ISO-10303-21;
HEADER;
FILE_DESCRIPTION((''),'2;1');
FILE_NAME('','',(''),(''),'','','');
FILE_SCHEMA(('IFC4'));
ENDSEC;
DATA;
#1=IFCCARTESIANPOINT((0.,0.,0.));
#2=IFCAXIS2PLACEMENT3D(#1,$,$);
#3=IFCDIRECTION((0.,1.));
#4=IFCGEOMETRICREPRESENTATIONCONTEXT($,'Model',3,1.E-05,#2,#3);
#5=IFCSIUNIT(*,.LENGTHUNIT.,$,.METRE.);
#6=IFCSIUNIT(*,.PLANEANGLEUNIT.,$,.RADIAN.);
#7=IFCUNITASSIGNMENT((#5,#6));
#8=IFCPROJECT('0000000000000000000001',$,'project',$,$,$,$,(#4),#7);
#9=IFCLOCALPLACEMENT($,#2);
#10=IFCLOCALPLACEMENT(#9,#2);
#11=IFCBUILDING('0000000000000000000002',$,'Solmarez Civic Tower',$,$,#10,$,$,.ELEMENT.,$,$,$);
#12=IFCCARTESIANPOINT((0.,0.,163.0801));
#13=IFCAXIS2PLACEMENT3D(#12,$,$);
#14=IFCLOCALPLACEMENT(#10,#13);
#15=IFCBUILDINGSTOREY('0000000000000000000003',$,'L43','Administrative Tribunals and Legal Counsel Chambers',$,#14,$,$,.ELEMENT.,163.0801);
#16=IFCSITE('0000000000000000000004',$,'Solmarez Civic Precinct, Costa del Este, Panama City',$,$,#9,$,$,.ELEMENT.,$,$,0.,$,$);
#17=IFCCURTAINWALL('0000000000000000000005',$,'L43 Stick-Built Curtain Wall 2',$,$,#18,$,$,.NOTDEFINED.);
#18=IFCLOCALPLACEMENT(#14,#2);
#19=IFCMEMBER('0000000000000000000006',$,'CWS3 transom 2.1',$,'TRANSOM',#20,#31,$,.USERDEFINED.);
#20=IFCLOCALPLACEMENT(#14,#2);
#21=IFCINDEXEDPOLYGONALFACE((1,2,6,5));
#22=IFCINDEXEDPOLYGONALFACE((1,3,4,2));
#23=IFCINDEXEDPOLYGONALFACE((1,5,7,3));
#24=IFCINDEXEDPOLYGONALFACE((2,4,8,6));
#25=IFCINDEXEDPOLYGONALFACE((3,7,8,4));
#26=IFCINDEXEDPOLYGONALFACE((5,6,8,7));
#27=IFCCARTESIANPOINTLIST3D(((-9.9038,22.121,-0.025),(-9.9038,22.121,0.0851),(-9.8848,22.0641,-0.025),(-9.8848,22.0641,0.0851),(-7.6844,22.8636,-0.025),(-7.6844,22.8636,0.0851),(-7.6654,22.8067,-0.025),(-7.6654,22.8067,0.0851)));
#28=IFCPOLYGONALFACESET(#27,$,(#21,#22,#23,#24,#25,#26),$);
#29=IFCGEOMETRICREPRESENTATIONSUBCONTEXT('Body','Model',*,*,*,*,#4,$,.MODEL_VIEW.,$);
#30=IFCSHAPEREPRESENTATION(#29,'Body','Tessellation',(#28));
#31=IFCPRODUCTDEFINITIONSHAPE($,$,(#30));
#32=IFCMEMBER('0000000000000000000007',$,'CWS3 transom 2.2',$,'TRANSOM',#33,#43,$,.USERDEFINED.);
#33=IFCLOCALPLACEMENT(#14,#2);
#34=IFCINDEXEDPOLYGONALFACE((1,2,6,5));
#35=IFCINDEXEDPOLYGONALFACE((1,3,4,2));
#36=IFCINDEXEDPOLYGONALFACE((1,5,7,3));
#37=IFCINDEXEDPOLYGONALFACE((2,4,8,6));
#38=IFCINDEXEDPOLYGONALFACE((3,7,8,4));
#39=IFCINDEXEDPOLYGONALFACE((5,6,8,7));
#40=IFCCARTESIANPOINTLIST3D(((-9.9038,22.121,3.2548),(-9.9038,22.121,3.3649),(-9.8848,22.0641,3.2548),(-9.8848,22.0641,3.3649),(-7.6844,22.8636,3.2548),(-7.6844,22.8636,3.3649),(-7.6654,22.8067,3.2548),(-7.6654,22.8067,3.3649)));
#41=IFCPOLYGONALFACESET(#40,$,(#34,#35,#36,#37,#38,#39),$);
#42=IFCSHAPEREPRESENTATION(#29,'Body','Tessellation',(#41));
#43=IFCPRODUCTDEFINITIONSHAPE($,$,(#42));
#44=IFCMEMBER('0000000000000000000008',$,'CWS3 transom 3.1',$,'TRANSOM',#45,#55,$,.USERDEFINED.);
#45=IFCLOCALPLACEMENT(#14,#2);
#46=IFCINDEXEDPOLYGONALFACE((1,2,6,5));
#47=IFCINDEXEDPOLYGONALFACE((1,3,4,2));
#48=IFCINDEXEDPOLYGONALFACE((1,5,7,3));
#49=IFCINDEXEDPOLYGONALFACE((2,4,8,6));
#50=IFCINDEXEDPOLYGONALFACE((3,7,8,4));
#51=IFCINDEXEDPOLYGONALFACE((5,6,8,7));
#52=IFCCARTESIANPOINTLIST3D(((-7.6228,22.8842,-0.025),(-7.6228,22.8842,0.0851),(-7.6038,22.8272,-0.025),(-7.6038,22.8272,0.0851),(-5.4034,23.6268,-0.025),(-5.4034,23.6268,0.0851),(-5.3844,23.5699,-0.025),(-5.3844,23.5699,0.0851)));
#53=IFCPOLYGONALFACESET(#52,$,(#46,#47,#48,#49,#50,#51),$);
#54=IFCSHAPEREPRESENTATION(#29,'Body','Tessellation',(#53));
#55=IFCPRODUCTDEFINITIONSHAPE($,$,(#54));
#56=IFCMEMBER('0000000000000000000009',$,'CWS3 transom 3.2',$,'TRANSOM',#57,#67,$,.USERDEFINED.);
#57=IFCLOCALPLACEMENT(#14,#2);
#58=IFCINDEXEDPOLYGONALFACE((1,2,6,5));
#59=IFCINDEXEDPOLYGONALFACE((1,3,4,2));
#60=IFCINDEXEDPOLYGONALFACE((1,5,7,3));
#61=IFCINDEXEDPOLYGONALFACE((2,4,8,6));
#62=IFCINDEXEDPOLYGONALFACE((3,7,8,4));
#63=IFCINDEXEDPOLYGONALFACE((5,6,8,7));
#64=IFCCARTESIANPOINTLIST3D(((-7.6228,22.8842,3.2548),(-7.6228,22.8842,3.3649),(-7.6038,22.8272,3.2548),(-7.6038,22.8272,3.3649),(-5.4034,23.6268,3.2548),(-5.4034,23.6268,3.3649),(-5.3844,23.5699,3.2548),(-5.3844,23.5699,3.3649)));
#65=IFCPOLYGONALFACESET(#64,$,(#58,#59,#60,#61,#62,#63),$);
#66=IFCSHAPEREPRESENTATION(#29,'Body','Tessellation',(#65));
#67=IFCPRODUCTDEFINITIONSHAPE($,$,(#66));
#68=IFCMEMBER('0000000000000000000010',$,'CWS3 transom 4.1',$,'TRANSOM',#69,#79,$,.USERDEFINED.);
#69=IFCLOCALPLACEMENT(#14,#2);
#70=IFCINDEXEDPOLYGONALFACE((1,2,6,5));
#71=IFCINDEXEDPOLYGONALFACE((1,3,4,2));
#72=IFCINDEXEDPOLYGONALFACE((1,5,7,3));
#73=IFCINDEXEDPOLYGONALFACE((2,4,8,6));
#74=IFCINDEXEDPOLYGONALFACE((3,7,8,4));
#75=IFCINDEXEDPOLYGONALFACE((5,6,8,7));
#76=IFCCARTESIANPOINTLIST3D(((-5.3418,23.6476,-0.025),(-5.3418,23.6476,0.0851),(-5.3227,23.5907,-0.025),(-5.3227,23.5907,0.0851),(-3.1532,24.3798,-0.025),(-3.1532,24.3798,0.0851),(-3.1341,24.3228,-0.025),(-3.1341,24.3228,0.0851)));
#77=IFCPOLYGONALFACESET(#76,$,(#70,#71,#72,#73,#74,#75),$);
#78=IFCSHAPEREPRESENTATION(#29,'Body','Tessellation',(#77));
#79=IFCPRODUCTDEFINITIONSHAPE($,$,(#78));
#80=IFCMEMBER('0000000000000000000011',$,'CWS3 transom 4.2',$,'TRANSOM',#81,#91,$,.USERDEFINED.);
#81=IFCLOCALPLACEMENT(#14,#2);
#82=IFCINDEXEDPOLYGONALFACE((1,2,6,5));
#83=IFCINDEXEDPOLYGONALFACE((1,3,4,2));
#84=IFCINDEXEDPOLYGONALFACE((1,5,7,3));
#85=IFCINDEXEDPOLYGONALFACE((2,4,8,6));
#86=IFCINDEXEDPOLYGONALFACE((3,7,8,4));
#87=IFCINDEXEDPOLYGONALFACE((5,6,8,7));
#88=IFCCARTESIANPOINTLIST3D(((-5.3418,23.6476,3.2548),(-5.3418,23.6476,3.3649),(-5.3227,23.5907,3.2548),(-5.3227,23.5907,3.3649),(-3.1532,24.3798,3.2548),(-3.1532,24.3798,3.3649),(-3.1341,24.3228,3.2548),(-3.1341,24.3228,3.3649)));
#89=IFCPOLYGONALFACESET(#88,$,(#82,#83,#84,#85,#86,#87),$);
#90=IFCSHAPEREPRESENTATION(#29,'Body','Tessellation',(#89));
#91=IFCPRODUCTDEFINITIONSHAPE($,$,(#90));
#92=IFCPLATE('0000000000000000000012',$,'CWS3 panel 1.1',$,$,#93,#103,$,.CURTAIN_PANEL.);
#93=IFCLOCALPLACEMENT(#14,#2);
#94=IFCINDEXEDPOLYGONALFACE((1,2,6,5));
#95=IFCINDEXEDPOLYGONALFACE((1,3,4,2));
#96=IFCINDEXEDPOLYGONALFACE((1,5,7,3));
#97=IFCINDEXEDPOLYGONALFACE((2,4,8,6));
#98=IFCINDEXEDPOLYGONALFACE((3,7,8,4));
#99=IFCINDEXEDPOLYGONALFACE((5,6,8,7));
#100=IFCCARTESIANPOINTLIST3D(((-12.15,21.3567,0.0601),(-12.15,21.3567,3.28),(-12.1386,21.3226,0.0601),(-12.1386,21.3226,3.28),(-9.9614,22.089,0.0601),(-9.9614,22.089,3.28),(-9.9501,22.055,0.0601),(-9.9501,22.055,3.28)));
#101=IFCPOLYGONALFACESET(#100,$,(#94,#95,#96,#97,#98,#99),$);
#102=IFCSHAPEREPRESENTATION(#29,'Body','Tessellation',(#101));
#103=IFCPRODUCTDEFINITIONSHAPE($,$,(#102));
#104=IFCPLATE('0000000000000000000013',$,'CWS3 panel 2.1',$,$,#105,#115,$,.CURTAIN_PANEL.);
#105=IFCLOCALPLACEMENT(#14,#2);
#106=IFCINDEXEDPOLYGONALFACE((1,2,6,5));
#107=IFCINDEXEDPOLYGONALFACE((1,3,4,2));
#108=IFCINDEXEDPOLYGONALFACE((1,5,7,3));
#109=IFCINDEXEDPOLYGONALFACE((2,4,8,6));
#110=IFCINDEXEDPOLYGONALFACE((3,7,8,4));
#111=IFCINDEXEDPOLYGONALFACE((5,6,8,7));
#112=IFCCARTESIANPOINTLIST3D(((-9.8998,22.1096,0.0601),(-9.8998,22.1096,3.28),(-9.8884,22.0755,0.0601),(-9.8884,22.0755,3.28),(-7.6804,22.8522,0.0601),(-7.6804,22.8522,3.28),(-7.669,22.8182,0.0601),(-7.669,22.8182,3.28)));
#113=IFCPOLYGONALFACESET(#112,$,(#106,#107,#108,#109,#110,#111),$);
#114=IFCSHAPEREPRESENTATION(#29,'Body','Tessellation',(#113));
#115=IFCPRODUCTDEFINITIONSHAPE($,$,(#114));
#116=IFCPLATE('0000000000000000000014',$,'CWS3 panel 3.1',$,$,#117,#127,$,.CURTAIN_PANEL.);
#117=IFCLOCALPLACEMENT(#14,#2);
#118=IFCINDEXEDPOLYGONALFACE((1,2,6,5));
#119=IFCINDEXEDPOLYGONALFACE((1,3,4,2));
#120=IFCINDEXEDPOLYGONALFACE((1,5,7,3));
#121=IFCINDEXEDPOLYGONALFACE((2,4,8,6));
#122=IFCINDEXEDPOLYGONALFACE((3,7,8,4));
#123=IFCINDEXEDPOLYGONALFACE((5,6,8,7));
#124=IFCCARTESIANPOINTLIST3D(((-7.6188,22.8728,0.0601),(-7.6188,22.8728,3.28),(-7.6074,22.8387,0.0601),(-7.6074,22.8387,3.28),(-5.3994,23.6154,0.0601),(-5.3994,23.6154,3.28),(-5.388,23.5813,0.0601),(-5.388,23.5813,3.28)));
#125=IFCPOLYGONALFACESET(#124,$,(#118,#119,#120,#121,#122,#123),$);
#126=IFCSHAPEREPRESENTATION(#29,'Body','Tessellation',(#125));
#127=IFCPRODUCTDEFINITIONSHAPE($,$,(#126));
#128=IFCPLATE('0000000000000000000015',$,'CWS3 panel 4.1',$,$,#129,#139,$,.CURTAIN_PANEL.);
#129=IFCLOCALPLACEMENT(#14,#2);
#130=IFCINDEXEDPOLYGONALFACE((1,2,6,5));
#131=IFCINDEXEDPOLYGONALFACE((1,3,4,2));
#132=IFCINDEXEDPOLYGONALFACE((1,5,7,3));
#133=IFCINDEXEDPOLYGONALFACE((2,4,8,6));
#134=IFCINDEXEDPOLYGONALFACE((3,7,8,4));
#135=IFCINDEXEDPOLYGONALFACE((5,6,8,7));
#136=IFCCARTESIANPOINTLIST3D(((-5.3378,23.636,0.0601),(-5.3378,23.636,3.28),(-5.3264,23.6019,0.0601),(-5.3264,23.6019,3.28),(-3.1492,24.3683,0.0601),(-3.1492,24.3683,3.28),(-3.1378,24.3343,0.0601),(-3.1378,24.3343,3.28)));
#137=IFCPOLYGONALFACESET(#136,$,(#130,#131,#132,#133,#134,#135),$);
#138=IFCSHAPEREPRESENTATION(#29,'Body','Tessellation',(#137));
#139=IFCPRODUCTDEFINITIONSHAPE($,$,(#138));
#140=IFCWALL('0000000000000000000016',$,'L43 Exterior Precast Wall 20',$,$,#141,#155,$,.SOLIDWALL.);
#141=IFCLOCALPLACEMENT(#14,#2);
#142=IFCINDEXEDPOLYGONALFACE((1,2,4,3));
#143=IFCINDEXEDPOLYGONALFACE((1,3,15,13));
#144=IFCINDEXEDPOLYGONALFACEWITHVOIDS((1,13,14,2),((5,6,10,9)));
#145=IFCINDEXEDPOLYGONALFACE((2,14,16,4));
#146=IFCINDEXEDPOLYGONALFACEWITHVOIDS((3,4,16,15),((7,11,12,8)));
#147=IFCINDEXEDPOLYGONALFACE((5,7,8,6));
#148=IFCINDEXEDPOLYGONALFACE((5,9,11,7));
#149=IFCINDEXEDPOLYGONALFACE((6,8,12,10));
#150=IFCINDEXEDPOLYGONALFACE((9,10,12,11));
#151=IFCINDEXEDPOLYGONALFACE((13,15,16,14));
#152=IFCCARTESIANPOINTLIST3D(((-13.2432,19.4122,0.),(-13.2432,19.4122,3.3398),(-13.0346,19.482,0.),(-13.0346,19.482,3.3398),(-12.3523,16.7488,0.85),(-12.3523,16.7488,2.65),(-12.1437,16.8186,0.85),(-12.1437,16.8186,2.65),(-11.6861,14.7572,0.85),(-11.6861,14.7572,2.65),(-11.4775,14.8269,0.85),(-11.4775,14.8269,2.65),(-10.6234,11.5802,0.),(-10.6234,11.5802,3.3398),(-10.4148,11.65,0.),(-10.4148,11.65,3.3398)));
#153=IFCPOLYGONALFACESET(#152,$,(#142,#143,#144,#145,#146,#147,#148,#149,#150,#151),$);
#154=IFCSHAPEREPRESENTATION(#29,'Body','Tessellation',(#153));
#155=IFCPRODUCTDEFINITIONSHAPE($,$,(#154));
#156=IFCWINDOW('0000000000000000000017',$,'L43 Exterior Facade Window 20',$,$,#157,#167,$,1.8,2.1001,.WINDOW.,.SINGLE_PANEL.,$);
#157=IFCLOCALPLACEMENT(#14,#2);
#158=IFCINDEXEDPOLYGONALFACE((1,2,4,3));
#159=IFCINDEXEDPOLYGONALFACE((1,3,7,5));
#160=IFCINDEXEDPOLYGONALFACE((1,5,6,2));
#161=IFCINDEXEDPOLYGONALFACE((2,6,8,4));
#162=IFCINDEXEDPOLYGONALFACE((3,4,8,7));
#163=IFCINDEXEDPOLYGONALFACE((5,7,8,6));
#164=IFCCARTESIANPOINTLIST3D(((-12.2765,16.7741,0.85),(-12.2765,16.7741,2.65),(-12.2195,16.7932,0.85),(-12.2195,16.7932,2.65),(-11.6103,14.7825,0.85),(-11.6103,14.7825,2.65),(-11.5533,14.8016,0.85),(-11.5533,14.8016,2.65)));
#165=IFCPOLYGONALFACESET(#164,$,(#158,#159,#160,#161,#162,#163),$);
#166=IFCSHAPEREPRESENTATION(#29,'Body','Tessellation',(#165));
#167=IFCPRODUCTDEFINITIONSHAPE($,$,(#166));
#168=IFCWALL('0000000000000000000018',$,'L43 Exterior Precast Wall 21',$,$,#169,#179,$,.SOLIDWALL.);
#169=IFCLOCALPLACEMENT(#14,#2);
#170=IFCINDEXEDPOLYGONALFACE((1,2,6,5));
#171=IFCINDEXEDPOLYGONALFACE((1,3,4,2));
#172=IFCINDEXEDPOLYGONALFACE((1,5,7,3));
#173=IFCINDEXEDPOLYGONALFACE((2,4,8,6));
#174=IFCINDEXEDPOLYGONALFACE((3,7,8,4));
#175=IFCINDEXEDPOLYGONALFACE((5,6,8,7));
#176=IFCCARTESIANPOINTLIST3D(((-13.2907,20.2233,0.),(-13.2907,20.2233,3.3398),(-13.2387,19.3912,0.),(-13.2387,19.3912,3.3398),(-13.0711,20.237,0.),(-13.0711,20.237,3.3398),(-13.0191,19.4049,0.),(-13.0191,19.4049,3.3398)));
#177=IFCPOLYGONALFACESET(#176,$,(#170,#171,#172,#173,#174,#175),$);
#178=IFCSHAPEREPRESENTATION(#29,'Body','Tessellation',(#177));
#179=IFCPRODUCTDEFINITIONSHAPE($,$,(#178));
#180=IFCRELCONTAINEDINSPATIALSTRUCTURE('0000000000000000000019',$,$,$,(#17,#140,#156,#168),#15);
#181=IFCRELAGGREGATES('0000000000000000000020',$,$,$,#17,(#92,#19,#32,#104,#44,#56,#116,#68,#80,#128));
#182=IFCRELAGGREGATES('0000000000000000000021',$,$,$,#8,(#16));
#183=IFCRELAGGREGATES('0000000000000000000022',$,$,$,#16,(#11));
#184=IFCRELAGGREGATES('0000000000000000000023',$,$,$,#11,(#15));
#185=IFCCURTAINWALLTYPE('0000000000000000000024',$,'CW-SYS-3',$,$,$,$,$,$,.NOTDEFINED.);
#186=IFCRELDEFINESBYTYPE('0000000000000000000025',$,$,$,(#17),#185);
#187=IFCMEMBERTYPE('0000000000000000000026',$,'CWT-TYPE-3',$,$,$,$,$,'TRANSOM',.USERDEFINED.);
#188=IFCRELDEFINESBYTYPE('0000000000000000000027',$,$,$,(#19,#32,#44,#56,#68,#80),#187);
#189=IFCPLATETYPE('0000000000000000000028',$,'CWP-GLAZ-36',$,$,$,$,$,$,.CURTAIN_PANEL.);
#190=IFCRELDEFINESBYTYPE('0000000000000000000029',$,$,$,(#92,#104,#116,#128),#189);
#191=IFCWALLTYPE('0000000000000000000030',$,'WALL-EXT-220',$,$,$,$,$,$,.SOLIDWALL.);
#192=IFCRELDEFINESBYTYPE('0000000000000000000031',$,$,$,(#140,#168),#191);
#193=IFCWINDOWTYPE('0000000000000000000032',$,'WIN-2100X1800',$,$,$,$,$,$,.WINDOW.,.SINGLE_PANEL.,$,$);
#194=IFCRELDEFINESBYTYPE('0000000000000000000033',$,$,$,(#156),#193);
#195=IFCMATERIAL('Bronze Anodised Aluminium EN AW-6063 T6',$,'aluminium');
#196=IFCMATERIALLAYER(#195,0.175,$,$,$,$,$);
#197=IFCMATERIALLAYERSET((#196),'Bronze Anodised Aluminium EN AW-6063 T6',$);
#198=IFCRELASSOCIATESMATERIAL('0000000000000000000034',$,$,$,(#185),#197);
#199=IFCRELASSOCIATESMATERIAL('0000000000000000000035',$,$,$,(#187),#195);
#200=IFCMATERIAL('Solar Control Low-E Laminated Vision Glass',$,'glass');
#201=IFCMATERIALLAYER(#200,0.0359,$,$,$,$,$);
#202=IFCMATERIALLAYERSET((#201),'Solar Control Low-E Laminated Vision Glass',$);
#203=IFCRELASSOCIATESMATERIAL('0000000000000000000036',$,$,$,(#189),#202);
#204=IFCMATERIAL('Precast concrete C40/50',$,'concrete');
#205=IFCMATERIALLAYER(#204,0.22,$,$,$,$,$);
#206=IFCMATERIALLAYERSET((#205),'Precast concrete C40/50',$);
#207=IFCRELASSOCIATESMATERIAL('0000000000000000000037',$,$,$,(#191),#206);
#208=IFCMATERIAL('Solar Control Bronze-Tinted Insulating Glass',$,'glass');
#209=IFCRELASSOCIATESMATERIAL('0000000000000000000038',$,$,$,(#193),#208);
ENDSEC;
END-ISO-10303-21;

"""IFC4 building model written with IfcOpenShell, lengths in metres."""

from ifc_helpers import new_model, si_unit, direction, frame, frame_2d, origin, origin_2d, place, context, subcontext, project, spatial, rectangle, extrude, material, layer, layer_set, material_profile, profile_set, type_object, element, fill, aggregate, save


model = new_model("IFC4")

# Units and contexts
model_context = context("Model", 3, precision=1e-05, world=origin(), true_north=direction((0.0, 1.0)))
body_context = subcontext(model_context, "Body", "Model", "MODEL_VIEW")
ifc_project = project(units=[si_unit("LENGTHUNIT", "METRE"), si_unit("PLANEANGLEUNIT", "RADIAN")], contexts=[model_context])

# Site, building, storey
site_placement = place(None, origin())
site = spatial("IfcSite", under=ifc_project, at=site_placement, Name="Solmarez Civic Precinct, Costa del Este, Panama City", CompositionType="ELEMENT", RefElevation=0.0)
building_placement = place(site_placement, origin())
building = spatial("IfcBuilding", under=site, at=building_placement, Name="Solmarez Civic Tower", CompositionType="ELEMENT")
storey_placement = place(building_placement, frame((0.0, 0.0, 163.0801)))
storey = spatial("IfcBuildingStorey", under=building, at=storey_placement, Name="L43", Description="Administrative Tribunals and Legal Counsel Chambers", CompositionType="ELEMENT", Elevation=163.0801)

# Curtain wall, members, plates
ifc_material_1 = material(Name="Bronze Anodised Aluminium EN AW-6063 T6", Category="aluminium")
ifc_layer_1 = layer(ifc_material_1, 0.175)
ifc_layer_set_1 = layer_set([ifc_layer_1], Name="Bronze Anodised Aluminium EN AW-6063 T6")
curtain_wall_type = type_object("IfcCurtainWallType", Name="CW-SYS-3", PredefinedType="NOTDEFINED", material=ifc_layer_set_1)
curtain_wall_placement = place(storey_placement, origin())
curtain_wall = element("IfcCurtainWall", 1, at=curtain_wall_placement, inside=storey, type_object=curtain_wall_type, Name="L43 Stick-Built Curtain Wall 2", PredefinedType="NOTDEFINED")
ifc_material_profile_1 = material_profile(ifc_material_1, rectangle(XDim=0.0601, YDim=0.1101, at=origin_2d()), Name="CWT-60X110")
ifc_profile_set_1 = profile_set([ifc_material_profile_1], Name="Bronze Anodised Aluminium EN AW-6063 T6")
member_type_1 = type_object("IfcMemberType", Name="CWT-TYPE-3", ElementType="TRANSOM", PredefinedType="USERDEFINED", material=ifc_profile_set_1)
member_1_placement = place(storey_placement, frame((-9.8943, 22.0925, 0.03), z_axis=(0.948318, 0.317323, 0.0), x_axis=(-0.317323, 0.948318, 0.0)))
member_1 = element("IfcMember", 2, at=member_1_placement, type_object=member_type_1, Name="CWS3 transom 2.1", ObjectType="TRANSOM", PredefinedType="USERDEFINED", context=body_context, shape_type="SweptSolid", body=[
    extrude(rectangle(XDim=0.0601, YDim=0.1101, at=origin_2d()), origin(), (0.0, 0.0, 1.0), 2.3403),
])
member_2_placement = place(storey_placement, frame((-9.8943, 22.0925, 3.3098), z_axis=(0.948318, 0.317323, 0.0), x_axis=(-0.317323, 0.948318, 0.0)))
member_2 = element("IfcMember", 3, at=member_2_placement, type_object=member_type_1, Name="CWS3 transom 2.2", ObjectType="TRANSOM", PredefinedType="USERDEFINED", context=body_context, shape_type="SweptSolid", body=[
    extrude(rectangle(XDim=0.0601, YDim=0.1101, at=origin_2d()), origin(), (0.0, 0.0, 1.0), 2.3403),
])
member_3_placement = place(storey_placement, frame((-7.6133, 22.8557, 0.03), z_axis=(0.948318, 0.317323, 0.0), x_axis=(-0.317323, 0.948318, 0.0)))
member_3 = element("IfcMember", 4, at=member_3_placement, type_object=member_type_1, Name="CWS3 transom 3.1", ObjectType="TRANSOM", PredefinedType="USERDEFINED", context=body_context, shape_type="SweptSolid", body=[
    extrude(rectangle(XDim=0.0601, YDim=0.1101, at=origin_2d()), origin(), (0.0, 0.0, 1.0), 2.3403),
])
member_4_placement = place(storey_placement, frame((-7.6133, 22.8557, 3.3098), z_axis=(0.948318, 0.317323, 0.0), x_axis=(-0.317323, 0.948318, 0.0)))
member_4 = element("IfcMember", 5, at=member_4_placement, type_object=member_type_1, Name="CWS3 transom 3.2", ObjectType="TRANSOM", PredefinedType="USERDEFINED", context=body_context, shape_type="SweptSolid", body=[
    extrude(rectangle(XDim=0.0601, YDim=0.1101, at=origin_2d()), origin(), (0.0, 0.0, 1.0), 2.3403),
])
member_5_placement = place(storey_placement, frame((-5.3323, 23.6191, 0.03), z_axis=(0.948344, 0.317243, 0.0), x_axis=(-0.317243, 0.948344, 0.0)))
member_5 = element("IfcMember", 6, at=member_5_placement, type_object=member_type_1, Name="CWS3 transom 4.1", ObjectType="TRANSOM", PredefinedType="USERDEFINED", context=body_context, shape_type="SweptSolid", body=[
    extrude(rectangle(XDim=0.0601, YDim=0.1101, at=origin_2d()), origin(), (0.0, 0.0, 1.0), 2.3079),
])
member_6_placement = place(storey_placement, frame((-5.3323, 23.6191, 3.3098), z_axis=(0.948344, 0.317243, 0.0), x_axis=(-0.317243, 0.948344, 0.0)))
member_6 = element("IfcMember", 7, at=member_6_placement, type_object=member_type_1, Name="CWS3 transom 4.2", ObjectType="TRANSOM", PredefinedType="USERDEFINED", context=body_context, shape_type="SweptSolid", body=[
    extrude(rectangle(XDim=0.0601, YDim=0.1101, at=origin_2d()), origin(), (0.0, 0.0, 1.0), 2.3079),
])
ifc_material_2 = material(Name="Solar Control Low-E Laminated Vision Glass", Category="glass")
ifc_layer_2 = layer(ifc_material_2, 0.0359)
ifc_layer_set_2 = layer_set([ifc_layer_2], Name="Solar Control Low-E Laminated Vision Glass")
plate_type = type_object("IfcPlateType", Name="CWP-GLAZ-36", PredefinedType="CURTAIN_PANEL", material=ifc_layer_set_2)
plate_1_placement = place(storey_placement, frame((-11.05, 21.7058, 0.0601), z_axis=(0.0, 0.0, 1.0), x_axis=(0.948319, 0.317319, 0.0)))
plate_1 = element("IfcPlate", 8, at=plate_1_placement, type_object=plate_type, Name="CWS3 panel 1.1", PredefinedType="CURTAIN_PANEL", context=body_context, shape_type="SweptSolid", body=[
    extrude(rectangle(XDim=2.3079, YDim=0.0359, at=origin_2d()), origin(), (0.0, 0.0, 1.0), 3.22),
])
plate_2_placement = place(storey_placement, frame((-8.7844, 22.4639, 0.0601), z_axis=(0.0, 0.0, 1.0), x_axis=(0.948319, 0.317319, 0.0)))
plate_2 = element("IfcPlate", 9, at=plate_2_placement, type_object=plate_type, Name="CWS3 panel 2.1", PredefinedType="CURTAIN_PANEL", context=body_context, shape_type="SweptSolid", body=[
    extrude(rectangle(XDim=2.3403, YDim=0.0359, at=origin_2d()), origin(), (0.0, 0.0, 1.0), 3.22),
])
plate_3_placement = place(storey_placement, frame((-6.5034, 23.2271, 0.0601), z_axis=(0.0, 0.0, 1.0), x_axis=(0.948319, 0.317319, 0.0)))
plate_3 = element("IfcPlate", 10, at=plate_3_placement, type_object=plate_type, Name="CWS3 panel 3.1", PredefinedType="CURTAIN_PANEL", context=body_context, shape_type="SweptSolid", body=[
    extrude(rectangle(XDim=2.3403, YDim=0.0359, at=origin_2d()), origin(), (0.0, 0.0, 1.0), 3.22),
])
plate_4_placement = place(storey_placement, frame((-4.2378, 23.9851, 0.0601), z_axis=(0.0, 0.0, 1.0), x_axis=(0.948319, 0.317319, 0.0)))
plate_4 = element("IfcPlate", 11, at=plate_4_placement, type_object=plate_type, Name="CWS3 panel 4.1", PredefinedType="CURTAIN_PANEL", context=body_context, shape_type="SweptSolid", body=[
    extrude(rectangle(XDim=2.3079, YDim=0.0359, at=origin_2d()), origin(), (0.0, 0.0, 1.0), 3.22),
])
aggregate(curtain_wall, [plate_1, member_1, member_2, plate_2, member_3, member_4, plate_3, member_5, member_6, plate_4])

# Wall, opening, window
ifc_material_3 = material(Name="Precast concrete C40/50", Category="concrete")
ifc_layer_3 = layer(ifc_material_3, 0.22)
ifc_layer_set_3 = layer_set([ifc_layer_3], Name="Precast concrete C40/50")
wall_type_1 = type_object("IfcWallType", Name="WALL-EXT-220", PredefinedType="SOLIDWALL", material=ifc_layer_set_3)
wall_1_placement = place(storey_placement, frame((-10.519, 11.615, 0.0), z_axis=(0.0, 0.0, 1.0), x_axis=(-0.31723, 0.948349, 0.0)))
wall_1 = element("IfcWall", 12, at=wall_1_placement, inside=storey, type_object=wall_type_1, Name="L43 Exterior Precast Wall 20", PredefinedType="SOLIDWALL", context=body_context, shape_type="SweptSolid", body=[
    extrude(rectangle(XDim=8.2585, YDim=0.22, at=frame_2d((4.1294, 0.0))), origin(), (0.0, 0.0, 1.0), 3.3398),
])
opening_1_placement = place(wall_1_placement, frame((3.3501, 0.0, 0.8501)))
opening_1 = element("IfcOpeningElement", 13, at=opening_1_placement, cuts=wall_1, PredefinedType="OPENING", context=body_context, shape_type="SweptSolid", body=[
    extrude(rectangle(XDim=2.1001, YDim=1.8, at=frame_2d((1.05, 0.8999))), frame((0.0, 0.1199, 0.0), z_axis=(0.0, -1.0, 0.0), x_axis=(1.0, 0.0, 0.0)), (0.0, 0.0, 1.0), 0.24),
])
ifc_material_4 = material(Name="Solar Control Bronze-Tinted Insulating Glass", Category="glass")
window_type = type_object("IfcWindowType", Name="WIN-2100X1800", PartitioningType="SINGLE_PANEL", PredefinedType="WINDOW", material=ifc_material_4)
window_placement = place(opening_1_placement, origin())
window = element("IfcWindow", 14, at=window_placement, inside=storey, type_object=window_type, Name="L43 Exterior Facade Window 20", OverallHeight=1.8, OverallWidth=2.1001, PartitioningType="SINGLE_PANEL", PredefinedType="WINDOW", context=body_context, shape_type="SweptSolid", body=[
    extrude(rectangle(XDim=2.1001, YDim=1.8, at=frame_2d((1.05, 0.8999))), frame((0.0, 0.03, 0.0), z_axis=(0.0, -1.0, 0.0), x_axis=(1.0, 0.0, 0.0)), (0.0, 0.0, 1.0), 0.0601),
])
fill(opening_1, window)

# Wall
wall_2_placement = place(storey_placement, frame((-13.1289, 19.3979, 0.0), z_axis=(0.0, 0.0, 1.0), x_axis=(-0.062378, 0.998053, 0.0)))
element("IfcWall", 15, at=wall_2_placement, inside=storey, type_object=wall_type_1, Name="L43 Exterior Precast Wall 21", PredefinedType="SOLIDWALL", context=body_context, shape_type="SweptSolid", body=[
    extrude(rectangle(XDim=0.8337, YDim=0.22, at=frame_2d((0.417, 0.0))), origin(), (0.0, 0.0, 1.0), 3.3398),
])

save(model, "model.ifc")
